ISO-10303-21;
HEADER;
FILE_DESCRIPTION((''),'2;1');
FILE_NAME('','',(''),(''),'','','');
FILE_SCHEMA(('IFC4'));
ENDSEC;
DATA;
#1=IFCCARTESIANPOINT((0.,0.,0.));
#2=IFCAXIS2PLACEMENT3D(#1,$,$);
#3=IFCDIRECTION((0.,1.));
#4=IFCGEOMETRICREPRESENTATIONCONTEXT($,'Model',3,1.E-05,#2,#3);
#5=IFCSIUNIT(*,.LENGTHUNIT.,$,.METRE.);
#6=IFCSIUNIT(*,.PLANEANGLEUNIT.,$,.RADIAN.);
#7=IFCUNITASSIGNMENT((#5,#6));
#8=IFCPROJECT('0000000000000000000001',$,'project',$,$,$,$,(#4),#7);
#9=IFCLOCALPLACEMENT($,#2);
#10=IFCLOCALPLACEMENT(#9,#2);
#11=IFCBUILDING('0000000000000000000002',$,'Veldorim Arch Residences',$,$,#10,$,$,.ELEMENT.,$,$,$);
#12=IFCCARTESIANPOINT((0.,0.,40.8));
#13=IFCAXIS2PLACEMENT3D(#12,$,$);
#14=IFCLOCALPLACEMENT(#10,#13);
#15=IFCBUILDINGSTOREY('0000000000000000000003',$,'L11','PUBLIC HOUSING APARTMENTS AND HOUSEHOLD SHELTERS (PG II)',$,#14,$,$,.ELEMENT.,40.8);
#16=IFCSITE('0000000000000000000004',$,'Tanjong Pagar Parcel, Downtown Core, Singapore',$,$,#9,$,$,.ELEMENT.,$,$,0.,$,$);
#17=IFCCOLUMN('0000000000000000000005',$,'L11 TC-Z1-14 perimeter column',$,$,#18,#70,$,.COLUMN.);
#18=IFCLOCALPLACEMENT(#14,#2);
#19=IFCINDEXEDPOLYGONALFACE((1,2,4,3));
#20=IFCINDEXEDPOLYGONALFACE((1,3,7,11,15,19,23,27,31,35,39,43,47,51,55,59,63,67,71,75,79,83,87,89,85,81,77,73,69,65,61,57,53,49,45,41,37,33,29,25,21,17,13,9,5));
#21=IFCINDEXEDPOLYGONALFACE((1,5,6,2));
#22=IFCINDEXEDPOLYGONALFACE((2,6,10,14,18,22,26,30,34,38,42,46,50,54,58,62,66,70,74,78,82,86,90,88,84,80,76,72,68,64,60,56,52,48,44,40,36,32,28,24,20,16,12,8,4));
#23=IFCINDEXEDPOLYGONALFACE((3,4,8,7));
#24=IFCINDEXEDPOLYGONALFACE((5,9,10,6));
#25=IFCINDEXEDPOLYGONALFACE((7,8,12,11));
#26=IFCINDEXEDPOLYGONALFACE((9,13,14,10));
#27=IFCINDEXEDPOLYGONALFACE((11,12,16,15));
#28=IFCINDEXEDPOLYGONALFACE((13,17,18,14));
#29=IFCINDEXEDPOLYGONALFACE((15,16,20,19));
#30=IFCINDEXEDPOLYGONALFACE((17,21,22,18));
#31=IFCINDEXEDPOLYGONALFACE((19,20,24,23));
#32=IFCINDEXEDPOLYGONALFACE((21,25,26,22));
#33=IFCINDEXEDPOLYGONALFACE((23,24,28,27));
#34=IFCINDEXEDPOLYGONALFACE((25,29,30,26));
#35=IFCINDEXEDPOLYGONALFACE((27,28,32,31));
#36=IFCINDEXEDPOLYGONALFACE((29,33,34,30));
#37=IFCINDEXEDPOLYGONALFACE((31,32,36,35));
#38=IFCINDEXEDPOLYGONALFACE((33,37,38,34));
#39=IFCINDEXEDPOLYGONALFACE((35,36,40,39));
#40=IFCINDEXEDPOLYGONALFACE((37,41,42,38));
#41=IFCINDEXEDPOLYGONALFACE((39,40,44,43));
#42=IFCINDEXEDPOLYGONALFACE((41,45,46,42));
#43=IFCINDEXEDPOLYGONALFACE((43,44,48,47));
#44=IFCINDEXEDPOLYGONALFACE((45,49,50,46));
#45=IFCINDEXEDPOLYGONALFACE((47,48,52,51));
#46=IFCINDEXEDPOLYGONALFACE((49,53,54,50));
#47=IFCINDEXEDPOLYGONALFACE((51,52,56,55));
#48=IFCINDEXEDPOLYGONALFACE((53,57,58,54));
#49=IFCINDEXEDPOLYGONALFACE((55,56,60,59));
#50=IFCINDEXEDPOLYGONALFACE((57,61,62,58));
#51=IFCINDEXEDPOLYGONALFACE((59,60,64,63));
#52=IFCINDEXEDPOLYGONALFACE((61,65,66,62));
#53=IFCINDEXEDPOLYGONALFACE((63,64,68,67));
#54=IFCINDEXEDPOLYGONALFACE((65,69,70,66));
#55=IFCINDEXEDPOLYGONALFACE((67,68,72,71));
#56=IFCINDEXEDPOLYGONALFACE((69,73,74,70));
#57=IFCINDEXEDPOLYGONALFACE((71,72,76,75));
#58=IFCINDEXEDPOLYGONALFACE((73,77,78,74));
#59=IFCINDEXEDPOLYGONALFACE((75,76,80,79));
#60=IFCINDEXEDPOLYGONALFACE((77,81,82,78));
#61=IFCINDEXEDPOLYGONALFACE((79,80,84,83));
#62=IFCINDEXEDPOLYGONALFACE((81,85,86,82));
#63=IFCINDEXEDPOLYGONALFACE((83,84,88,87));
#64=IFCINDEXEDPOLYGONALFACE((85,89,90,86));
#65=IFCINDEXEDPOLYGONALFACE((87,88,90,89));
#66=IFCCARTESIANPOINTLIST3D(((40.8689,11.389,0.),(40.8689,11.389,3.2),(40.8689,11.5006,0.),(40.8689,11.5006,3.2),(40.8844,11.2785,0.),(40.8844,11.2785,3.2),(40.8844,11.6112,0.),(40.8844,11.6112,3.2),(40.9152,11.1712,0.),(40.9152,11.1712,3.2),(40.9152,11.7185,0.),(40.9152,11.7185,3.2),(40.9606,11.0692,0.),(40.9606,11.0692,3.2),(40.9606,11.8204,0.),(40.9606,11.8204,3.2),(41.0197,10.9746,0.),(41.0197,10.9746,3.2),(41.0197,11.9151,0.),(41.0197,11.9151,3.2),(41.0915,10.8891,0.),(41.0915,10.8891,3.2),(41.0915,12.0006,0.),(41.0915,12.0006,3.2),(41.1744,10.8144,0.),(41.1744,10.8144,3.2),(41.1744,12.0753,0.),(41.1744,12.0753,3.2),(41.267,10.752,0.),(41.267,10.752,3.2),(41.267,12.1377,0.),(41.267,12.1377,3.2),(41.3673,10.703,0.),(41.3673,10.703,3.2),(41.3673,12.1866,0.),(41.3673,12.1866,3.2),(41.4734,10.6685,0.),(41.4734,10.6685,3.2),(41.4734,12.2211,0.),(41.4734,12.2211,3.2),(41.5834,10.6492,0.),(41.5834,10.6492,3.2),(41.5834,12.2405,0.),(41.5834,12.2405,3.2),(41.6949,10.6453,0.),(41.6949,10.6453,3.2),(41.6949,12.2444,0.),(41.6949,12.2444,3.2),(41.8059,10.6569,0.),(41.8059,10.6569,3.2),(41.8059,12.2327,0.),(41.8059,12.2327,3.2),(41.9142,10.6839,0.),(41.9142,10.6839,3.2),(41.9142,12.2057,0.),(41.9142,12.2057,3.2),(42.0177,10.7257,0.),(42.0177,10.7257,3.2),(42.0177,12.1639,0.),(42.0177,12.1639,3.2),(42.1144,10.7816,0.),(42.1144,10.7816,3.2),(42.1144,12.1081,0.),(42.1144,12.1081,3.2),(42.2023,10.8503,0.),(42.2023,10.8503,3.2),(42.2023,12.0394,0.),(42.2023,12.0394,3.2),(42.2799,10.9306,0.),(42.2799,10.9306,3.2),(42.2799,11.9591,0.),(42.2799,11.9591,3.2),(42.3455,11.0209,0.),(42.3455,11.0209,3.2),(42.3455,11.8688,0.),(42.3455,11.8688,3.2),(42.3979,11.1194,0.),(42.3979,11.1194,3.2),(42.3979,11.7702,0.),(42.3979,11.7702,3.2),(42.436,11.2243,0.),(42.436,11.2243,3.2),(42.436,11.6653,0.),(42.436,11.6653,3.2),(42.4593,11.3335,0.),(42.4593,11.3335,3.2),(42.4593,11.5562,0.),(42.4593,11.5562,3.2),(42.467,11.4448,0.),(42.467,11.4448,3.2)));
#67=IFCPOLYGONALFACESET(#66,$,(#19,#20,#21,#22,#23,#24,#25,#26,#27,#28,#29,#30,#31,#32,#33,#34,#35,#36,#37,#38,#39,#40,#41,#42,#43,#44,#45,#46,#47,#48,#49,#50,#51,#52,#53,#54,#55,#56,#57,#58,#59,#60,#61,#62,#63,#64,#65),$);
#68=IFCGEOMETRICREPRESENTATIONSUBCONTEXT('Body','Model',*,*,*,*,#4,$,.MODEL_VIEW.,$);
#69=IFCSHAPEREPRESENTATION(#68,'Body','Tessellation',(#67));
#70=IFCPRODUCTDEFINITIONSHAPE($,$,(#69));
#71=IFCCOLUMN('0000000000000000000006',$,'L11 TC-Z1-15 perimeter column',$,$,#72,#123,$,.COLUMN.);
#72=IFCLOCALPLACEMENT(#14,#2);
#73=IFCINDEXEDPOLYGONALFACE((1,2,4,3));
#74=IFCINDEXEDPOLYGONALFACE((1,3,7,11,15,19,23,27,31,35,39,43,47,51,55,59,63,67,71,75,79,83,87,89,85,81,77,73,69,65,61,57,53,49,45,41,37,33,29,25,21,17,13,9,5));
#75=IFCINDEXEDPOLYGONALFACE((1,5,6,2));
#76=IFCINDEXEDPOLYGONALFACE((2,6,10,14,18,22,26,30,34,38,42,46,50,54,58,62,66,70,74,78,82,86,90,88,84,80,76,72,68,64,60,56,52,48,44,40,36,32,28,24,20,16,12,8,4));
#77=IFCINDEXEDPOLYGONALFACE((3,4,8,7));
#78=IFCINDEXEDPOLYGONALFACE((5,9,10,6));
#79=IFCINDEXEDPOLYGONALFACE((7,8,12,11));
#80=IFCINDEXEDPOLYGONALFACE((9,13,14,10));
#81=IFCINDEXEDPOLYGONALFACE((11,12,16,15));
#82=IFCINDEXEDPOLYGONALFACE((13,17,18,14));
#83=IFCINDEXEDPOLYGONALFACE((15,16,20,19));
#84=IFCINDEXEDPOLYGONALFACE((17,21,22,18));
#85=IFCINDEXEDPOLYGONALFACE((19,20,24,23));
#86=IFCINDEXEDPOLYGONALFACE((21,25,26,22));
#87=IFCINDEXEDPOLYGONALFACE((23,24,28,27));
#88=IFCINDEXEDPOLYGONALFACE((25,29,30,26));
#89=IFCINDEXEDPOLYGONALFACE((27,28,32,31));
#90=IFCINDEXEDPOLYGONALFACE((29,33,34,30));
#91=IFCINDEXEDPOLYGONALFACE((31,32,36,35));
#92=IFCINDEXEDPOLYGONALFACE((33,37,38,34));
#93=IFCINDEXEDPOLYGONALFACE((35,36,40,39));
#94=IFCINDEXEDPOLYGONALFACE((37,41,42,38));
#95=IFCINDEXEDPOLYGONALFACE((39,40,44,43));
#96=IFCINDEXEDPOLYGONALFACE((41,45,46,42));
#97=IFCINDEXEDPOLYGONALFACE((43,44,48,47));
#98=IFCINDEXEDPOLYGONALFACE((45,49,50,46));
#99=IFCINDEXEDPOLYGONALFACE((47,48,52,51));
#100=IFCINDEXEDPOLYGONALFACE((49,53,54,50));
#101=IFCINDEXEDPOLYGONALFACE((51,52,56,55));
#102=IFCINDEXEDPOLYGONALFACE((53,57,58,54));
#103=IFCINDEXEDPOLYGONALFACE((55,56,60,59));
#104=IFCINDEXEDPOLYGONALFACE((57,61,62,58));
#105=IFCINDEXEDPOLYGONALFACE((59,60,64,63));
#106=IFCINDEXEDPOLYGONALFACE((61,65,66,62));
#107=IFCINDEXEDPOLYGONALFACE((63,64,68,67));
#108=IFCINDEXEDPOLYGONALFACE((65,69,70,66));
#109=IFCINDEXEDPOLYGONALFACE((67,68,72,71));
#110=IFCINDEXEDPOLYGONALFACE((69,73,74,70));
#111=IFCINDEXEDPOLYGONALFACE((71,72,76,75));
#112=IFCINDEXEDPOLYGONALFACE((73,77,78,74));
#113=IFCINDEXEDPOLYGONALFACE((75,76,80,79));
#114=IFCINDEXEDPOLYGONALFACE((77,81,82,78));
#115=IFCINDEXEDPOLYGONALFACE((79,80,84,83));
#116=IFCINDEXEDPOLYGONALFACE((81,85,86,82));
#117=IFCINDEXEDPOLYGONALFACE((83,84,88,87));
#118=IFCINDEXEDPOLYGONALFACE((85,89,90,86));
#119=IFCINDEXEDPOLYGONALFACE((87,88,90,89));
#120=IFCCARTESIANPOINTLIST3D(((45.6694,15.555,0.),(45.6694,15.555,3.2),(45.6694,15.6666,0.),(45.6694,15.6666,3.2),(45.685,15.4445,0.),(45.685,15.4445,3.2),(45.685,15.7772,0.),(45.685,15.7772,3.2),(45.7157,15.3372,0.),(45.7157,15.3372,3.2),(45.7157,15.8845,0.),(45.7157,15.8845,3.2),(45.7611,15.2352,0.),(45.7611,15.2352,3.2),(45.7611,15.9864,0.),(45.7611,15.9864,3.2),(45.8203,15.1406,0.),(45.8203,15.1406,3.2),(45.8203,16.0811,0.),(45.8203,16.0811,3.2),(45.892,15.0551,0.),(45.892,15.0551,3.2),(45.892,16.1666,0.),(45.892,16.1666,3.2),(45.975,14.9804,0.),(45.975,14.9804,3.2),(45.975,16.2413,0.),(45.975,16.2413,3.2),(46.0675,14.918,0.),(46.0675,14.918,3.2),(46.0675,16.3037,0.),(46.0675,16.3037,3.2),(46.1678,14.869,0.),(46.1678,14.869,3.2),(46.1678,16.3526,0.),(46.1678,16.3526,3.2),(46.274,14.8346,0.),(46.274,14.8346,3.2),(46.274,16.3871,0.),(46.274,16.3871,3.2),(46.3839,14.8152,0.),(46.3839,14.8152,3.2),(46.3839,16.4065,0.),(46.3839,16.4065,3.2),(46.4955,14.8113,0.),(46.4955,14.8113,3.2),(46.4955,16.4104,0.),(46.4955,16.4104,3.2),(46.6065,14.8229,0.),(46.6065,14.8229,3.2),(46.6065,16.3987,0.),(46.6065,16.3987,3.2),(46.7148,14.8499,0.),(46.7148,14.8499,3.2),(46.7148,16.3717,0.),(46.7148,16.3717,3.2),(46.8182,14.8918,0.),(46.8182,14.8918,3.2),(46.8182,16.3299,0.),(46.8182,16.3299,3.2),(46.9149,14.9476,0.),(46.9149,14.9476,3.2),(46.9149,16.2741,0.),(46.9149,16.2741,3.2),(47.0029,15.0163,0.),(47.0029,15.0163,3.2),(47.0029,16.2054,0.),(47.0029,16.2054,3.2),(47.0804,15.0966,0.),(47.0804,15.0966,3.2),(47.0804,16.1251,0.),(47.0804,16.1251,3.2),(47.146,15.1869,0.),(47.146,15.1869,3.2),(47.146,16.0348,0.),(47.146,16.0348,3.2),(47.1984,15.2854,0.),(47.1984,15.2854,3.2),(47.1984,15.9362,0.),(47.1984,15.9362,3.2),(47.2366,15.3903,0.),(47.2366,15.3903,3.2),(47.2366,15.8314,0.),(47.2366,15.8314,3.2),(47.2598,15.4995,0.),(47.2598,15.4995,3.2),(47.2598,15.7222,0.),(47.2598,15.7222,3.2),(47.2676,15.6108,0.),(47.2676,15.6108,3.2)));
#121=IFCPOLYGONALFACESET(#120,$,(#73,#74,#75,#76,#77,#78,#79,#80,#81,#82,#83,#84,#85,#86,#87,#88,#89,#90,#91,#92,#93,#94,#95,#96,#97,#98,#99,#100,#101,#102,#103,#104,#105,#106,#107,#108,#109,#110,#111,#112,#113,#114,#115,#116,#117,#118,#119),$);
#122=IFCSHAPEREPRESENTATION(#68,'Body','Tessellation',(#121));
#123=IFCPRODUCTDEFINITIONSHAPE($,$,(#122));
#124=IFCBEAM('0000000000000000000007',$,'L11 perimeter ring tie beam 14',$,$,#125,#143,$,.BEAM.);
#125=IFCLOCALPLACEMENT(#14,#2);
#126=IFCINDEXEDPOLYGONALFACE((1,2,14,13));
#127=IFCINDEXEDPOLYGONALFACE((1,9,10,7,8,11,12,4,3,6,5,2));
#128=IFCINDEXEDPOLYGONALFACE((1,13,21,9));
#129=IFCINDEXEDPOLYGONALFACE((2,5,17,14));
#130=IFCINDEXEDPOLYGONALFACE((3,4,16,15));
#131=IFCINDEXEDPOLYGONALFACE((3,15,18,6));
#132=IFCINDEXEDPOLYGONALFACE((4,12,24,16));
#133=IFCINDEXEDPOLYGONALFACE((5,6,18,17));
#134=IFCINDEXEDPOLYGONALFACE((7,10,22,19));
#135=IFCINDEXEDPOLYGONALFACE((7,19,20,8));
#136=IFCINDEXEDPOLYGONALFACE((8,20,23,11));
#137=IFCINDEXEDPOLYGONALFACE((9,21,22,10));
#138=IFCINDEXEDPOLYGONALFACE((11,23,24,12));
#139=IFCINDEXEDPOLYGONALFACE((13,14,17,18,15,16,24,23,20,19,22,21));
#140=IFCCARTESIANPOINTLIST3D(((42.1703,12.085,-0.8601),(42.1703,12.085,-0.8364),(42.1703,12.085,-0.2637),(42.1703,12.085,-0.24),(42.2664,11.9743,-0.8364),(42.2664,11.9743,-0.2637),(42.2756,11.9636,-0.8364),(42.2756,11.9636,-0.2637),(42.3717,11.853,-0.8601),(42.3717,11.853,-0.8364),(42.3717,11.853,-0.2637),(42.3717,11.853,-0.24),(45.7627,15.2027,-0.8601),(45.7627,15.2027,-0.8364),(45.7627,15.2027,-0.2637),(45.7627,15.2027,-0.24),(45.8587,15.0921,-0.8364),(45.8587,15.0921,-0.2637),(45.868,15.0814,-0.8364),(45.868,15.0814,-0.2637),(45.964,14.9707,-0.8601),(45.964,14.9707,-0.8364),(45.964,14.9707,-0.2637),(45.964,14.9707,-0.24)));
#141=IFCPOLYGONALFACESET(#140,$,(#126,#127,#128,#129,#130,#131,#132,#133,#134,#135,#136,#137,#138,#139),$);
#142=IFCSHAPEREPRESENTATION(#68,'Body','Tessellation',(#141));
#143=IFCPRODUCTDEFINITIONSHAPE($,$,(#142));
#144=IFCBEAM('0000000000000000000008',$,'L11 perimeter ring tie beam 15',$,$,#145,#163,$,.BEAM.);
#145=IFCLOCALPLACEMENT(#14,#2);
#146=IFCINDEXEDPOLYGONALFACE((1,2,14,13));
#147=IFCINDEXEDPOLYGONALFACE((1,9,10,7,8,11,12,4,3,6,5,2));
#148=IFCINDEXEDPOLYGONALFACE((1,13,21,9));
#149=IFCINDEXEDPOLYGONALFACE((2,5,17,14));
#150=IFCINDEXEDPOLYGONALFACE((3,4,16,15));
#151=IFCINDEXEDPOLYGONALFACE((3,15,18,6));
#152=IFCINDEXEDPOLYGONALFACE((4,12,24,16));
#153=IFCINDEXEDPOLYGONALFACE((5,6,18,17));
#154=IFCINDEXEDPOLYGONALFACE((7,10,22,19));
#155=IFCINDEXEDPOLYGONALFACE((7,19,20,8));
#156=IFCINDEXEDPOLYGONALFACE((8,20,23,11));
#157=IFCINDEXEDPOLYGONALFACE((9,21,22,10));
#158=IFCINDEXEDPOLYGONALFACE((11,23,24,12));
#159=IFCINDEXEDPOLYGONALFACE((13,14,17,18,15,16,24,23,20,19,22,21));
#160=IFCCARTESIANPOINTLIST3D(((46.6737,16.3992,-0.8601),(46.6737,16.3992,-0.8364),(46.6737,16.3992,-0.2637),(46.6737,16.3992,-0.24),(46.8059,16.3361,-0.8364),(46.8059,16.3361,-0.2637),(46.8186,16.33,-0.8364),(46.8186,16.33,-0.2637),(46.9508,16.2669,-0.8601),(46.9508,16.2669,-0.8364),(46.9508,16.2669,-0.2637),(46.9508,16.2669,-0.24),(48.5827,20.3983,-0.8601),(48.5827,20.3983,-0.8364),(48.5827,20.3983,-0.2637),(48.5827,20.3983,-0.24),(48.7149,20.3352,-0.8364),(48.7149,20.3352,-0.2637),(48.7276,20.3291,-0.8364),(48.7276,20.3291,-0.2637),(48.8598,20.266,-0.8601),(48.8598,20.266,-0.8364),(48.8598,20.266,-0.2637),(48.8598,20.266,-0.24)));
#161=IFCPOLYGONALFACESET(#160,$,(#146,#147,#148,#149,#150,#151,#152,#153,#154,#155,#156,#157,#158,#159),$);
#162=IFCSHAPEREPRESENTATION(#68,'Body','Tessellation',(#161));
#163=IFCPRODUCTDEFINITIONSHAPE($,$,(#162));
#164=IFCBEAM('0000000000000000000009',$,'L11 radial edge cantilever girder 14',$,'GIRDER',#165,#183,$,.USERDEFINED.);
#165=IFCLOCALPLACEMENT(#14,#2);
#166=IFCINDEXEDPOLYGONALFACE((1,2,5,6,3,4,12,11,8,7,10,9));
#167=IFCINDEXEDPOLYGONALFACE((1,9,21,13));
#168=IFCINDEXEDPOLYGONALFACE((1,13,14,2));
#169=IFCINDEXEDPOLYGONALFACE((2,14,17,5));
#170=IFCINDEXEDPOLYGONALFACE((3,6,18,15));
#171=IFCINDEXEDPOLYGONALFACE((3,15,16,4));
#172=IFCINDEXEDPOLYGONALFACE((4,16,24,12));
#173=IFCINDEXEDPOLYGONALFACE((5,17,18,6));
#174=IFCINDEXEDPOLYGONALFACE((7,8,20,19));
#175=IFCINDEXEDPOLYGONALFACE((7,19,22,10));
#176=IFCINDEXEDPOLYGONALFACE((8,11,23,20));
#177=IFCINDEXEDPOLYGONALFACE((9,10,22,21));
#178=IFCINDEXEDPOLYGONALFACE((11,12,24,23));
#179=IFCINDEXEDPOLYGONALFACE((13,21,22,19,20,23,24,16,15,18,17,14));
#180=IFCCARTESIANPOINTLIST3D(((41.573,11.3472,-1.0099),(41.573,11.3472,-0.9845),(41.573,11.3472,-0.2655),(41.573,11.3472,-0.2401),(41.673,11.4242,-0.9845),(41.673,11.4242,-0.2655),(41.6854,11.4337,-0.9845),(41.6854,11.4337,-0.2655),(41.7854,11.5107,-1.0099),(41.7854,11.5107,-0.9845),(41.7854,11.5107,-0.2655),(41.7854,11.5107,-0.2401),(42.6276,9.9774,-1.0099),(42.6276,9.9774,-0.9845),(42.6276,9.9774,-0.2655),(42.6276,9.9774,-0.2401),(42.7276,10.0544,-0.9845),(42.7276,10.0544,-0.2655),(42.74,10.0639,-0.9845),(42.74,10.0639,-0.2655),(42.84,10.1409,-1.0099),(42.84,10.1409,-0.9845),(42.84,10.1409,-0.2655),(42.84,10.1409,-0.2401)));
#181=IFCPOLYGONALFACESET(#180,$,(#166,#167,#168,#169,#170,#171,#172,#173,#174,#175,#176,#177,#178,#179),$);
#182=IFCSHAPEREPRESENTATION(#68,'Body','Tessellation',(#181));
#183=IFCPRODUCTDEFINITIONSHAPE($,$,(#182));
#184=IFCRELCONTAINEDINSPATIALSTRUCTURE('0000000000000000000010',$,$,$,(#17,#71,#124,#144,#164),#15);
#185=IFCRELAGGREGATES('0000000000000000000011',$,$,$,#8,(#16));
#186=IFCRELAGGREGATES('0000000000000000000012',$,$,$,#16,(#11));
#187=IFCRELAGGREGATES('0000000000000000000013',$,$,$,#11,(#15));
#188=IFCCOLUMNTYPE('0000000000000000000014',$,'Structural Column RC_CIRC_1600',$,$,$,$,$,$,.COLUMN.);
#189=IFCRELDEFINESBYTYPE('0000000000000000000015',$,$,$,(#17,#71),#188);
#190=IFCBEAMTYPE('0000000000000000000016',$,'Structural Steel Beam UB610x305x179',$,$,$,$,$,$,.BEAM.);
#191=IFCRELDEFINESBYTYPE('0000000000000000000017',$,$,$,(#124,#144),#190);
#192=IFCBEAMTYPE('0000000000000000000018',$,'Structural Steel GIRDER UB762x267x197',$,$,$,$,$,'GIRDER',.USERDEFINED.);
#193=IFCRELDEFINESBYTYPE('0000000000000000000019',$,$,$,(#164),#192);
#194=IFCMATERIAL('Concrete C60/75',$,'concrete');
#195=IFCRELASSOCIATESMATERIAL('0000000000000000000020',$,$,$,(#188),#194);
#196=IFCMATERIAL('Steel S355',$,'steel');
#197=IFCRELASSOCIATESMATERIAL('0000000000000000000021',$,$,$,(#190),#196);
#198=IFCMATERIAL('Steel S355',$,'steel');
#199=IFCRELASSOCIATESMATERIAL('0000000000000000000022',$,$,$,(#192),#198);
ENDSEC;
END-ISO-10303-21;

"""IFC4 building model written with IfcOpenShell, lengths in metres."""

from ifc_helpers import new_model, si_unit, direction, frame, origin, origin_2d, place, context, subcontext, project, spatial, circle, i_section, extrude, material, material_profile, profile_set, type_object, element, save


model = new_model("IFC4")

# Units and contexts
model_context = context("Model", 3, precision=1e-05, world=origin(), true_north=direction((0.0, 1.0)))
body_context = subcontext(model_context, "Body", "Model", "MODEL_VIEW")
ifc_project = project(units=[si_unit("LENGTHUNIT", "METRE"), si_unit("PLANEANGLEUNIT", "RADIAN")], contexts=[model_context])

# Site, building, storey
site_placement = place(None, origin())
site = spatial("IfcSite", under=ifc_project, at=site_placement, Name="Tanjong Pagar Parcel, Downtown Core, Singapore", CompositionType="ELEMENT", RefElevation=0.0)
building_placement = place(site_placement, origin())
building = spatial("IfcBuilding", under=site, at=building_placement, Name="Veldorim Arch Residences", CompositionType="ELEMENT")
storey_placement = place(building_placement, frame((0.0, 0.0, 40.8)))
storey = spatial("IfcBuildingStorey", under=building, at=storey_placement, Name="L11", Description="PUBLIC HOUSING APARTMENTS AND HOUSEHOLD SHELTERS (PG II)", CompositionType="ELEMENT", Elevation=40.8)

# Columns
ifc_material_1 = material(Name="Concrete C60/75", Category="concrete")
ifc_material_profile_1 = material_profile(ifc_material_1, circle(Radius=0.8, at=origin_2d()), Name="RC_CIRC_1600")
ifc_profile_set_1 = profile_set([ifc_material_profile_1], Name="Concrete C60/75")
column_type = type_object("IfcColumnType", Name="Structural Column RC_CIRC_1600", PredefinedType="COLUMN", material=ifc_profile_set_1)
for number, where, z_axis, x_axis, name in (
    (1, (41.667, 11.4448, 0.0), (0.0, 0.0, 1.0), (1.0, 0.0, 0.0), "L11 TC-Z1-14 perimeter column"),
    (2, (46.4675, 15.6108, 0.0), (0.0, 0.0, 1.0), (1.0, 0.0, 0.0), "L11 TC-Z1-15 perimeter column"),
):
    element("IfcColumn", number, at=place(storey_placement, frame(where, z_axis=z_axis, x_axis=x_axis)), inside=storey, type_object=column_type, Name=name, PredefinedType="COLUMN", context=body_context, shape_type="SweptSolid", body=[
        extrude(circle(Radius=0.8, at=origin_2d()), origin(), (0.0, 0.0, 1.0), 3.2),
    ])

# Beams
ifc_material_2 = material(Name="Steel S355", Category="steel")
ifc_material_profile_2 = material_profile(ifc_material_2, i_section(OverallWidth=0.3071, OverallDepth=0.6201, WebThickness=0.0142, FlangeThickness=0.0237, at=origin_2d()), Name="UB610x305x179")
ifc_profile_set_2 = profile_set([ifc_material_profile_2], Name="Steel S355")
beam_type_1 = type_object("IfcBeamType", Name="Structural Steel Beam UB610x305x179", PredefinedType="BEAM", material=ifc_profile_set_2)
beam_1_placement = place(storey_placement, frame((42.271, 11.969, -0.55), z_axis=(0.755235, 0.655454, 0.0), x_axis=(-0.655454, 0.755235, 0.0)))
element("IfcBeam", 3, at=beam_1_placement, inside=storey, type_object=beam_type_1, Name="L11 perimeter ring tie beam 14", PredefinedType="BEAM", context=body_context, shape_type="SweptSolid", body=[
    extrude(i_section(OverallWidth=0.3071, OverallDepth=0.6201, WebThickness=0.0142, FlangeThickness=0.0237, at=origin_2d()), origin(), (0.0, 0.0, 1.0), 4.7566),
])
beam_2_placement = place(storey_placement, frame((46.8123, 16.333, -0.55), z_axis=(0.430787, 0.902454, 0.0), x_axis=(-0.902454, 0.430787, 0.0)))
element("IfcBeam", 4, at=beam_2_placement, inside=storey, type_object=beam_type_1, Name="L11 perimeter ring tie beam 15", PredefinedType="BEAM", context=body_context, shape_type="SweptSolid", body=[
    extrude(i_section(OverallWidth=0.3071, OverallDepth=0.6201, WebThickness=0.0142, FlangeThickness=0.0237, at=origin_2d()), origin(), (0.0, 0.0, 1.0), 4.4314),
])
ifc_material_3 = material(Name="Steel S355", Category="steel")
ifc_material_profile_3 = material_profile(ifc_material_3, i_section(OverallWidth=0.2681, OverallDepth=0.7698, WebThickness=0.0156, FlangeThickness=0.0254, at=origin_2d()), Name="UB762x267x197")
ifc_profile_set_3 = profile_set([ifc_material_profile_3], Name="Steel S355")
beam_type_2 = type_object("IfcBeamType", Name="Structural Steel GIRDER UB762x267x197", ElementType="GIRDER", PredefinedType="USERDEFINED", material=ifc_profile_set_3)
beam_3_placement = place(storey_placement, frame((41.6792, 11.429, -0.625), z_axis=(0.610052, -0.792361, 0.0), x_axis=(0.792361, 0.610052, 0.0)))
element("IfcBeam", 5, at=beam_3_placement, inside=storey, type_object=beam_type_2, Name="L11 radial edge cantilever girder 14", ObjectType="GIRDER", PredefinedType="USERDEFINED", context=body_context, shape_type="SweptSolid", body=[
    extrude(i_section(OverallWidth=0.2681, OverallDepth=0.7698, WebThickness=0.0156, FlangeThickness=0.0254, at=origin_2d()), origin(), (0.0, 0.0, 1.0), 1.7288),
])

save(model, "model.ifc")
